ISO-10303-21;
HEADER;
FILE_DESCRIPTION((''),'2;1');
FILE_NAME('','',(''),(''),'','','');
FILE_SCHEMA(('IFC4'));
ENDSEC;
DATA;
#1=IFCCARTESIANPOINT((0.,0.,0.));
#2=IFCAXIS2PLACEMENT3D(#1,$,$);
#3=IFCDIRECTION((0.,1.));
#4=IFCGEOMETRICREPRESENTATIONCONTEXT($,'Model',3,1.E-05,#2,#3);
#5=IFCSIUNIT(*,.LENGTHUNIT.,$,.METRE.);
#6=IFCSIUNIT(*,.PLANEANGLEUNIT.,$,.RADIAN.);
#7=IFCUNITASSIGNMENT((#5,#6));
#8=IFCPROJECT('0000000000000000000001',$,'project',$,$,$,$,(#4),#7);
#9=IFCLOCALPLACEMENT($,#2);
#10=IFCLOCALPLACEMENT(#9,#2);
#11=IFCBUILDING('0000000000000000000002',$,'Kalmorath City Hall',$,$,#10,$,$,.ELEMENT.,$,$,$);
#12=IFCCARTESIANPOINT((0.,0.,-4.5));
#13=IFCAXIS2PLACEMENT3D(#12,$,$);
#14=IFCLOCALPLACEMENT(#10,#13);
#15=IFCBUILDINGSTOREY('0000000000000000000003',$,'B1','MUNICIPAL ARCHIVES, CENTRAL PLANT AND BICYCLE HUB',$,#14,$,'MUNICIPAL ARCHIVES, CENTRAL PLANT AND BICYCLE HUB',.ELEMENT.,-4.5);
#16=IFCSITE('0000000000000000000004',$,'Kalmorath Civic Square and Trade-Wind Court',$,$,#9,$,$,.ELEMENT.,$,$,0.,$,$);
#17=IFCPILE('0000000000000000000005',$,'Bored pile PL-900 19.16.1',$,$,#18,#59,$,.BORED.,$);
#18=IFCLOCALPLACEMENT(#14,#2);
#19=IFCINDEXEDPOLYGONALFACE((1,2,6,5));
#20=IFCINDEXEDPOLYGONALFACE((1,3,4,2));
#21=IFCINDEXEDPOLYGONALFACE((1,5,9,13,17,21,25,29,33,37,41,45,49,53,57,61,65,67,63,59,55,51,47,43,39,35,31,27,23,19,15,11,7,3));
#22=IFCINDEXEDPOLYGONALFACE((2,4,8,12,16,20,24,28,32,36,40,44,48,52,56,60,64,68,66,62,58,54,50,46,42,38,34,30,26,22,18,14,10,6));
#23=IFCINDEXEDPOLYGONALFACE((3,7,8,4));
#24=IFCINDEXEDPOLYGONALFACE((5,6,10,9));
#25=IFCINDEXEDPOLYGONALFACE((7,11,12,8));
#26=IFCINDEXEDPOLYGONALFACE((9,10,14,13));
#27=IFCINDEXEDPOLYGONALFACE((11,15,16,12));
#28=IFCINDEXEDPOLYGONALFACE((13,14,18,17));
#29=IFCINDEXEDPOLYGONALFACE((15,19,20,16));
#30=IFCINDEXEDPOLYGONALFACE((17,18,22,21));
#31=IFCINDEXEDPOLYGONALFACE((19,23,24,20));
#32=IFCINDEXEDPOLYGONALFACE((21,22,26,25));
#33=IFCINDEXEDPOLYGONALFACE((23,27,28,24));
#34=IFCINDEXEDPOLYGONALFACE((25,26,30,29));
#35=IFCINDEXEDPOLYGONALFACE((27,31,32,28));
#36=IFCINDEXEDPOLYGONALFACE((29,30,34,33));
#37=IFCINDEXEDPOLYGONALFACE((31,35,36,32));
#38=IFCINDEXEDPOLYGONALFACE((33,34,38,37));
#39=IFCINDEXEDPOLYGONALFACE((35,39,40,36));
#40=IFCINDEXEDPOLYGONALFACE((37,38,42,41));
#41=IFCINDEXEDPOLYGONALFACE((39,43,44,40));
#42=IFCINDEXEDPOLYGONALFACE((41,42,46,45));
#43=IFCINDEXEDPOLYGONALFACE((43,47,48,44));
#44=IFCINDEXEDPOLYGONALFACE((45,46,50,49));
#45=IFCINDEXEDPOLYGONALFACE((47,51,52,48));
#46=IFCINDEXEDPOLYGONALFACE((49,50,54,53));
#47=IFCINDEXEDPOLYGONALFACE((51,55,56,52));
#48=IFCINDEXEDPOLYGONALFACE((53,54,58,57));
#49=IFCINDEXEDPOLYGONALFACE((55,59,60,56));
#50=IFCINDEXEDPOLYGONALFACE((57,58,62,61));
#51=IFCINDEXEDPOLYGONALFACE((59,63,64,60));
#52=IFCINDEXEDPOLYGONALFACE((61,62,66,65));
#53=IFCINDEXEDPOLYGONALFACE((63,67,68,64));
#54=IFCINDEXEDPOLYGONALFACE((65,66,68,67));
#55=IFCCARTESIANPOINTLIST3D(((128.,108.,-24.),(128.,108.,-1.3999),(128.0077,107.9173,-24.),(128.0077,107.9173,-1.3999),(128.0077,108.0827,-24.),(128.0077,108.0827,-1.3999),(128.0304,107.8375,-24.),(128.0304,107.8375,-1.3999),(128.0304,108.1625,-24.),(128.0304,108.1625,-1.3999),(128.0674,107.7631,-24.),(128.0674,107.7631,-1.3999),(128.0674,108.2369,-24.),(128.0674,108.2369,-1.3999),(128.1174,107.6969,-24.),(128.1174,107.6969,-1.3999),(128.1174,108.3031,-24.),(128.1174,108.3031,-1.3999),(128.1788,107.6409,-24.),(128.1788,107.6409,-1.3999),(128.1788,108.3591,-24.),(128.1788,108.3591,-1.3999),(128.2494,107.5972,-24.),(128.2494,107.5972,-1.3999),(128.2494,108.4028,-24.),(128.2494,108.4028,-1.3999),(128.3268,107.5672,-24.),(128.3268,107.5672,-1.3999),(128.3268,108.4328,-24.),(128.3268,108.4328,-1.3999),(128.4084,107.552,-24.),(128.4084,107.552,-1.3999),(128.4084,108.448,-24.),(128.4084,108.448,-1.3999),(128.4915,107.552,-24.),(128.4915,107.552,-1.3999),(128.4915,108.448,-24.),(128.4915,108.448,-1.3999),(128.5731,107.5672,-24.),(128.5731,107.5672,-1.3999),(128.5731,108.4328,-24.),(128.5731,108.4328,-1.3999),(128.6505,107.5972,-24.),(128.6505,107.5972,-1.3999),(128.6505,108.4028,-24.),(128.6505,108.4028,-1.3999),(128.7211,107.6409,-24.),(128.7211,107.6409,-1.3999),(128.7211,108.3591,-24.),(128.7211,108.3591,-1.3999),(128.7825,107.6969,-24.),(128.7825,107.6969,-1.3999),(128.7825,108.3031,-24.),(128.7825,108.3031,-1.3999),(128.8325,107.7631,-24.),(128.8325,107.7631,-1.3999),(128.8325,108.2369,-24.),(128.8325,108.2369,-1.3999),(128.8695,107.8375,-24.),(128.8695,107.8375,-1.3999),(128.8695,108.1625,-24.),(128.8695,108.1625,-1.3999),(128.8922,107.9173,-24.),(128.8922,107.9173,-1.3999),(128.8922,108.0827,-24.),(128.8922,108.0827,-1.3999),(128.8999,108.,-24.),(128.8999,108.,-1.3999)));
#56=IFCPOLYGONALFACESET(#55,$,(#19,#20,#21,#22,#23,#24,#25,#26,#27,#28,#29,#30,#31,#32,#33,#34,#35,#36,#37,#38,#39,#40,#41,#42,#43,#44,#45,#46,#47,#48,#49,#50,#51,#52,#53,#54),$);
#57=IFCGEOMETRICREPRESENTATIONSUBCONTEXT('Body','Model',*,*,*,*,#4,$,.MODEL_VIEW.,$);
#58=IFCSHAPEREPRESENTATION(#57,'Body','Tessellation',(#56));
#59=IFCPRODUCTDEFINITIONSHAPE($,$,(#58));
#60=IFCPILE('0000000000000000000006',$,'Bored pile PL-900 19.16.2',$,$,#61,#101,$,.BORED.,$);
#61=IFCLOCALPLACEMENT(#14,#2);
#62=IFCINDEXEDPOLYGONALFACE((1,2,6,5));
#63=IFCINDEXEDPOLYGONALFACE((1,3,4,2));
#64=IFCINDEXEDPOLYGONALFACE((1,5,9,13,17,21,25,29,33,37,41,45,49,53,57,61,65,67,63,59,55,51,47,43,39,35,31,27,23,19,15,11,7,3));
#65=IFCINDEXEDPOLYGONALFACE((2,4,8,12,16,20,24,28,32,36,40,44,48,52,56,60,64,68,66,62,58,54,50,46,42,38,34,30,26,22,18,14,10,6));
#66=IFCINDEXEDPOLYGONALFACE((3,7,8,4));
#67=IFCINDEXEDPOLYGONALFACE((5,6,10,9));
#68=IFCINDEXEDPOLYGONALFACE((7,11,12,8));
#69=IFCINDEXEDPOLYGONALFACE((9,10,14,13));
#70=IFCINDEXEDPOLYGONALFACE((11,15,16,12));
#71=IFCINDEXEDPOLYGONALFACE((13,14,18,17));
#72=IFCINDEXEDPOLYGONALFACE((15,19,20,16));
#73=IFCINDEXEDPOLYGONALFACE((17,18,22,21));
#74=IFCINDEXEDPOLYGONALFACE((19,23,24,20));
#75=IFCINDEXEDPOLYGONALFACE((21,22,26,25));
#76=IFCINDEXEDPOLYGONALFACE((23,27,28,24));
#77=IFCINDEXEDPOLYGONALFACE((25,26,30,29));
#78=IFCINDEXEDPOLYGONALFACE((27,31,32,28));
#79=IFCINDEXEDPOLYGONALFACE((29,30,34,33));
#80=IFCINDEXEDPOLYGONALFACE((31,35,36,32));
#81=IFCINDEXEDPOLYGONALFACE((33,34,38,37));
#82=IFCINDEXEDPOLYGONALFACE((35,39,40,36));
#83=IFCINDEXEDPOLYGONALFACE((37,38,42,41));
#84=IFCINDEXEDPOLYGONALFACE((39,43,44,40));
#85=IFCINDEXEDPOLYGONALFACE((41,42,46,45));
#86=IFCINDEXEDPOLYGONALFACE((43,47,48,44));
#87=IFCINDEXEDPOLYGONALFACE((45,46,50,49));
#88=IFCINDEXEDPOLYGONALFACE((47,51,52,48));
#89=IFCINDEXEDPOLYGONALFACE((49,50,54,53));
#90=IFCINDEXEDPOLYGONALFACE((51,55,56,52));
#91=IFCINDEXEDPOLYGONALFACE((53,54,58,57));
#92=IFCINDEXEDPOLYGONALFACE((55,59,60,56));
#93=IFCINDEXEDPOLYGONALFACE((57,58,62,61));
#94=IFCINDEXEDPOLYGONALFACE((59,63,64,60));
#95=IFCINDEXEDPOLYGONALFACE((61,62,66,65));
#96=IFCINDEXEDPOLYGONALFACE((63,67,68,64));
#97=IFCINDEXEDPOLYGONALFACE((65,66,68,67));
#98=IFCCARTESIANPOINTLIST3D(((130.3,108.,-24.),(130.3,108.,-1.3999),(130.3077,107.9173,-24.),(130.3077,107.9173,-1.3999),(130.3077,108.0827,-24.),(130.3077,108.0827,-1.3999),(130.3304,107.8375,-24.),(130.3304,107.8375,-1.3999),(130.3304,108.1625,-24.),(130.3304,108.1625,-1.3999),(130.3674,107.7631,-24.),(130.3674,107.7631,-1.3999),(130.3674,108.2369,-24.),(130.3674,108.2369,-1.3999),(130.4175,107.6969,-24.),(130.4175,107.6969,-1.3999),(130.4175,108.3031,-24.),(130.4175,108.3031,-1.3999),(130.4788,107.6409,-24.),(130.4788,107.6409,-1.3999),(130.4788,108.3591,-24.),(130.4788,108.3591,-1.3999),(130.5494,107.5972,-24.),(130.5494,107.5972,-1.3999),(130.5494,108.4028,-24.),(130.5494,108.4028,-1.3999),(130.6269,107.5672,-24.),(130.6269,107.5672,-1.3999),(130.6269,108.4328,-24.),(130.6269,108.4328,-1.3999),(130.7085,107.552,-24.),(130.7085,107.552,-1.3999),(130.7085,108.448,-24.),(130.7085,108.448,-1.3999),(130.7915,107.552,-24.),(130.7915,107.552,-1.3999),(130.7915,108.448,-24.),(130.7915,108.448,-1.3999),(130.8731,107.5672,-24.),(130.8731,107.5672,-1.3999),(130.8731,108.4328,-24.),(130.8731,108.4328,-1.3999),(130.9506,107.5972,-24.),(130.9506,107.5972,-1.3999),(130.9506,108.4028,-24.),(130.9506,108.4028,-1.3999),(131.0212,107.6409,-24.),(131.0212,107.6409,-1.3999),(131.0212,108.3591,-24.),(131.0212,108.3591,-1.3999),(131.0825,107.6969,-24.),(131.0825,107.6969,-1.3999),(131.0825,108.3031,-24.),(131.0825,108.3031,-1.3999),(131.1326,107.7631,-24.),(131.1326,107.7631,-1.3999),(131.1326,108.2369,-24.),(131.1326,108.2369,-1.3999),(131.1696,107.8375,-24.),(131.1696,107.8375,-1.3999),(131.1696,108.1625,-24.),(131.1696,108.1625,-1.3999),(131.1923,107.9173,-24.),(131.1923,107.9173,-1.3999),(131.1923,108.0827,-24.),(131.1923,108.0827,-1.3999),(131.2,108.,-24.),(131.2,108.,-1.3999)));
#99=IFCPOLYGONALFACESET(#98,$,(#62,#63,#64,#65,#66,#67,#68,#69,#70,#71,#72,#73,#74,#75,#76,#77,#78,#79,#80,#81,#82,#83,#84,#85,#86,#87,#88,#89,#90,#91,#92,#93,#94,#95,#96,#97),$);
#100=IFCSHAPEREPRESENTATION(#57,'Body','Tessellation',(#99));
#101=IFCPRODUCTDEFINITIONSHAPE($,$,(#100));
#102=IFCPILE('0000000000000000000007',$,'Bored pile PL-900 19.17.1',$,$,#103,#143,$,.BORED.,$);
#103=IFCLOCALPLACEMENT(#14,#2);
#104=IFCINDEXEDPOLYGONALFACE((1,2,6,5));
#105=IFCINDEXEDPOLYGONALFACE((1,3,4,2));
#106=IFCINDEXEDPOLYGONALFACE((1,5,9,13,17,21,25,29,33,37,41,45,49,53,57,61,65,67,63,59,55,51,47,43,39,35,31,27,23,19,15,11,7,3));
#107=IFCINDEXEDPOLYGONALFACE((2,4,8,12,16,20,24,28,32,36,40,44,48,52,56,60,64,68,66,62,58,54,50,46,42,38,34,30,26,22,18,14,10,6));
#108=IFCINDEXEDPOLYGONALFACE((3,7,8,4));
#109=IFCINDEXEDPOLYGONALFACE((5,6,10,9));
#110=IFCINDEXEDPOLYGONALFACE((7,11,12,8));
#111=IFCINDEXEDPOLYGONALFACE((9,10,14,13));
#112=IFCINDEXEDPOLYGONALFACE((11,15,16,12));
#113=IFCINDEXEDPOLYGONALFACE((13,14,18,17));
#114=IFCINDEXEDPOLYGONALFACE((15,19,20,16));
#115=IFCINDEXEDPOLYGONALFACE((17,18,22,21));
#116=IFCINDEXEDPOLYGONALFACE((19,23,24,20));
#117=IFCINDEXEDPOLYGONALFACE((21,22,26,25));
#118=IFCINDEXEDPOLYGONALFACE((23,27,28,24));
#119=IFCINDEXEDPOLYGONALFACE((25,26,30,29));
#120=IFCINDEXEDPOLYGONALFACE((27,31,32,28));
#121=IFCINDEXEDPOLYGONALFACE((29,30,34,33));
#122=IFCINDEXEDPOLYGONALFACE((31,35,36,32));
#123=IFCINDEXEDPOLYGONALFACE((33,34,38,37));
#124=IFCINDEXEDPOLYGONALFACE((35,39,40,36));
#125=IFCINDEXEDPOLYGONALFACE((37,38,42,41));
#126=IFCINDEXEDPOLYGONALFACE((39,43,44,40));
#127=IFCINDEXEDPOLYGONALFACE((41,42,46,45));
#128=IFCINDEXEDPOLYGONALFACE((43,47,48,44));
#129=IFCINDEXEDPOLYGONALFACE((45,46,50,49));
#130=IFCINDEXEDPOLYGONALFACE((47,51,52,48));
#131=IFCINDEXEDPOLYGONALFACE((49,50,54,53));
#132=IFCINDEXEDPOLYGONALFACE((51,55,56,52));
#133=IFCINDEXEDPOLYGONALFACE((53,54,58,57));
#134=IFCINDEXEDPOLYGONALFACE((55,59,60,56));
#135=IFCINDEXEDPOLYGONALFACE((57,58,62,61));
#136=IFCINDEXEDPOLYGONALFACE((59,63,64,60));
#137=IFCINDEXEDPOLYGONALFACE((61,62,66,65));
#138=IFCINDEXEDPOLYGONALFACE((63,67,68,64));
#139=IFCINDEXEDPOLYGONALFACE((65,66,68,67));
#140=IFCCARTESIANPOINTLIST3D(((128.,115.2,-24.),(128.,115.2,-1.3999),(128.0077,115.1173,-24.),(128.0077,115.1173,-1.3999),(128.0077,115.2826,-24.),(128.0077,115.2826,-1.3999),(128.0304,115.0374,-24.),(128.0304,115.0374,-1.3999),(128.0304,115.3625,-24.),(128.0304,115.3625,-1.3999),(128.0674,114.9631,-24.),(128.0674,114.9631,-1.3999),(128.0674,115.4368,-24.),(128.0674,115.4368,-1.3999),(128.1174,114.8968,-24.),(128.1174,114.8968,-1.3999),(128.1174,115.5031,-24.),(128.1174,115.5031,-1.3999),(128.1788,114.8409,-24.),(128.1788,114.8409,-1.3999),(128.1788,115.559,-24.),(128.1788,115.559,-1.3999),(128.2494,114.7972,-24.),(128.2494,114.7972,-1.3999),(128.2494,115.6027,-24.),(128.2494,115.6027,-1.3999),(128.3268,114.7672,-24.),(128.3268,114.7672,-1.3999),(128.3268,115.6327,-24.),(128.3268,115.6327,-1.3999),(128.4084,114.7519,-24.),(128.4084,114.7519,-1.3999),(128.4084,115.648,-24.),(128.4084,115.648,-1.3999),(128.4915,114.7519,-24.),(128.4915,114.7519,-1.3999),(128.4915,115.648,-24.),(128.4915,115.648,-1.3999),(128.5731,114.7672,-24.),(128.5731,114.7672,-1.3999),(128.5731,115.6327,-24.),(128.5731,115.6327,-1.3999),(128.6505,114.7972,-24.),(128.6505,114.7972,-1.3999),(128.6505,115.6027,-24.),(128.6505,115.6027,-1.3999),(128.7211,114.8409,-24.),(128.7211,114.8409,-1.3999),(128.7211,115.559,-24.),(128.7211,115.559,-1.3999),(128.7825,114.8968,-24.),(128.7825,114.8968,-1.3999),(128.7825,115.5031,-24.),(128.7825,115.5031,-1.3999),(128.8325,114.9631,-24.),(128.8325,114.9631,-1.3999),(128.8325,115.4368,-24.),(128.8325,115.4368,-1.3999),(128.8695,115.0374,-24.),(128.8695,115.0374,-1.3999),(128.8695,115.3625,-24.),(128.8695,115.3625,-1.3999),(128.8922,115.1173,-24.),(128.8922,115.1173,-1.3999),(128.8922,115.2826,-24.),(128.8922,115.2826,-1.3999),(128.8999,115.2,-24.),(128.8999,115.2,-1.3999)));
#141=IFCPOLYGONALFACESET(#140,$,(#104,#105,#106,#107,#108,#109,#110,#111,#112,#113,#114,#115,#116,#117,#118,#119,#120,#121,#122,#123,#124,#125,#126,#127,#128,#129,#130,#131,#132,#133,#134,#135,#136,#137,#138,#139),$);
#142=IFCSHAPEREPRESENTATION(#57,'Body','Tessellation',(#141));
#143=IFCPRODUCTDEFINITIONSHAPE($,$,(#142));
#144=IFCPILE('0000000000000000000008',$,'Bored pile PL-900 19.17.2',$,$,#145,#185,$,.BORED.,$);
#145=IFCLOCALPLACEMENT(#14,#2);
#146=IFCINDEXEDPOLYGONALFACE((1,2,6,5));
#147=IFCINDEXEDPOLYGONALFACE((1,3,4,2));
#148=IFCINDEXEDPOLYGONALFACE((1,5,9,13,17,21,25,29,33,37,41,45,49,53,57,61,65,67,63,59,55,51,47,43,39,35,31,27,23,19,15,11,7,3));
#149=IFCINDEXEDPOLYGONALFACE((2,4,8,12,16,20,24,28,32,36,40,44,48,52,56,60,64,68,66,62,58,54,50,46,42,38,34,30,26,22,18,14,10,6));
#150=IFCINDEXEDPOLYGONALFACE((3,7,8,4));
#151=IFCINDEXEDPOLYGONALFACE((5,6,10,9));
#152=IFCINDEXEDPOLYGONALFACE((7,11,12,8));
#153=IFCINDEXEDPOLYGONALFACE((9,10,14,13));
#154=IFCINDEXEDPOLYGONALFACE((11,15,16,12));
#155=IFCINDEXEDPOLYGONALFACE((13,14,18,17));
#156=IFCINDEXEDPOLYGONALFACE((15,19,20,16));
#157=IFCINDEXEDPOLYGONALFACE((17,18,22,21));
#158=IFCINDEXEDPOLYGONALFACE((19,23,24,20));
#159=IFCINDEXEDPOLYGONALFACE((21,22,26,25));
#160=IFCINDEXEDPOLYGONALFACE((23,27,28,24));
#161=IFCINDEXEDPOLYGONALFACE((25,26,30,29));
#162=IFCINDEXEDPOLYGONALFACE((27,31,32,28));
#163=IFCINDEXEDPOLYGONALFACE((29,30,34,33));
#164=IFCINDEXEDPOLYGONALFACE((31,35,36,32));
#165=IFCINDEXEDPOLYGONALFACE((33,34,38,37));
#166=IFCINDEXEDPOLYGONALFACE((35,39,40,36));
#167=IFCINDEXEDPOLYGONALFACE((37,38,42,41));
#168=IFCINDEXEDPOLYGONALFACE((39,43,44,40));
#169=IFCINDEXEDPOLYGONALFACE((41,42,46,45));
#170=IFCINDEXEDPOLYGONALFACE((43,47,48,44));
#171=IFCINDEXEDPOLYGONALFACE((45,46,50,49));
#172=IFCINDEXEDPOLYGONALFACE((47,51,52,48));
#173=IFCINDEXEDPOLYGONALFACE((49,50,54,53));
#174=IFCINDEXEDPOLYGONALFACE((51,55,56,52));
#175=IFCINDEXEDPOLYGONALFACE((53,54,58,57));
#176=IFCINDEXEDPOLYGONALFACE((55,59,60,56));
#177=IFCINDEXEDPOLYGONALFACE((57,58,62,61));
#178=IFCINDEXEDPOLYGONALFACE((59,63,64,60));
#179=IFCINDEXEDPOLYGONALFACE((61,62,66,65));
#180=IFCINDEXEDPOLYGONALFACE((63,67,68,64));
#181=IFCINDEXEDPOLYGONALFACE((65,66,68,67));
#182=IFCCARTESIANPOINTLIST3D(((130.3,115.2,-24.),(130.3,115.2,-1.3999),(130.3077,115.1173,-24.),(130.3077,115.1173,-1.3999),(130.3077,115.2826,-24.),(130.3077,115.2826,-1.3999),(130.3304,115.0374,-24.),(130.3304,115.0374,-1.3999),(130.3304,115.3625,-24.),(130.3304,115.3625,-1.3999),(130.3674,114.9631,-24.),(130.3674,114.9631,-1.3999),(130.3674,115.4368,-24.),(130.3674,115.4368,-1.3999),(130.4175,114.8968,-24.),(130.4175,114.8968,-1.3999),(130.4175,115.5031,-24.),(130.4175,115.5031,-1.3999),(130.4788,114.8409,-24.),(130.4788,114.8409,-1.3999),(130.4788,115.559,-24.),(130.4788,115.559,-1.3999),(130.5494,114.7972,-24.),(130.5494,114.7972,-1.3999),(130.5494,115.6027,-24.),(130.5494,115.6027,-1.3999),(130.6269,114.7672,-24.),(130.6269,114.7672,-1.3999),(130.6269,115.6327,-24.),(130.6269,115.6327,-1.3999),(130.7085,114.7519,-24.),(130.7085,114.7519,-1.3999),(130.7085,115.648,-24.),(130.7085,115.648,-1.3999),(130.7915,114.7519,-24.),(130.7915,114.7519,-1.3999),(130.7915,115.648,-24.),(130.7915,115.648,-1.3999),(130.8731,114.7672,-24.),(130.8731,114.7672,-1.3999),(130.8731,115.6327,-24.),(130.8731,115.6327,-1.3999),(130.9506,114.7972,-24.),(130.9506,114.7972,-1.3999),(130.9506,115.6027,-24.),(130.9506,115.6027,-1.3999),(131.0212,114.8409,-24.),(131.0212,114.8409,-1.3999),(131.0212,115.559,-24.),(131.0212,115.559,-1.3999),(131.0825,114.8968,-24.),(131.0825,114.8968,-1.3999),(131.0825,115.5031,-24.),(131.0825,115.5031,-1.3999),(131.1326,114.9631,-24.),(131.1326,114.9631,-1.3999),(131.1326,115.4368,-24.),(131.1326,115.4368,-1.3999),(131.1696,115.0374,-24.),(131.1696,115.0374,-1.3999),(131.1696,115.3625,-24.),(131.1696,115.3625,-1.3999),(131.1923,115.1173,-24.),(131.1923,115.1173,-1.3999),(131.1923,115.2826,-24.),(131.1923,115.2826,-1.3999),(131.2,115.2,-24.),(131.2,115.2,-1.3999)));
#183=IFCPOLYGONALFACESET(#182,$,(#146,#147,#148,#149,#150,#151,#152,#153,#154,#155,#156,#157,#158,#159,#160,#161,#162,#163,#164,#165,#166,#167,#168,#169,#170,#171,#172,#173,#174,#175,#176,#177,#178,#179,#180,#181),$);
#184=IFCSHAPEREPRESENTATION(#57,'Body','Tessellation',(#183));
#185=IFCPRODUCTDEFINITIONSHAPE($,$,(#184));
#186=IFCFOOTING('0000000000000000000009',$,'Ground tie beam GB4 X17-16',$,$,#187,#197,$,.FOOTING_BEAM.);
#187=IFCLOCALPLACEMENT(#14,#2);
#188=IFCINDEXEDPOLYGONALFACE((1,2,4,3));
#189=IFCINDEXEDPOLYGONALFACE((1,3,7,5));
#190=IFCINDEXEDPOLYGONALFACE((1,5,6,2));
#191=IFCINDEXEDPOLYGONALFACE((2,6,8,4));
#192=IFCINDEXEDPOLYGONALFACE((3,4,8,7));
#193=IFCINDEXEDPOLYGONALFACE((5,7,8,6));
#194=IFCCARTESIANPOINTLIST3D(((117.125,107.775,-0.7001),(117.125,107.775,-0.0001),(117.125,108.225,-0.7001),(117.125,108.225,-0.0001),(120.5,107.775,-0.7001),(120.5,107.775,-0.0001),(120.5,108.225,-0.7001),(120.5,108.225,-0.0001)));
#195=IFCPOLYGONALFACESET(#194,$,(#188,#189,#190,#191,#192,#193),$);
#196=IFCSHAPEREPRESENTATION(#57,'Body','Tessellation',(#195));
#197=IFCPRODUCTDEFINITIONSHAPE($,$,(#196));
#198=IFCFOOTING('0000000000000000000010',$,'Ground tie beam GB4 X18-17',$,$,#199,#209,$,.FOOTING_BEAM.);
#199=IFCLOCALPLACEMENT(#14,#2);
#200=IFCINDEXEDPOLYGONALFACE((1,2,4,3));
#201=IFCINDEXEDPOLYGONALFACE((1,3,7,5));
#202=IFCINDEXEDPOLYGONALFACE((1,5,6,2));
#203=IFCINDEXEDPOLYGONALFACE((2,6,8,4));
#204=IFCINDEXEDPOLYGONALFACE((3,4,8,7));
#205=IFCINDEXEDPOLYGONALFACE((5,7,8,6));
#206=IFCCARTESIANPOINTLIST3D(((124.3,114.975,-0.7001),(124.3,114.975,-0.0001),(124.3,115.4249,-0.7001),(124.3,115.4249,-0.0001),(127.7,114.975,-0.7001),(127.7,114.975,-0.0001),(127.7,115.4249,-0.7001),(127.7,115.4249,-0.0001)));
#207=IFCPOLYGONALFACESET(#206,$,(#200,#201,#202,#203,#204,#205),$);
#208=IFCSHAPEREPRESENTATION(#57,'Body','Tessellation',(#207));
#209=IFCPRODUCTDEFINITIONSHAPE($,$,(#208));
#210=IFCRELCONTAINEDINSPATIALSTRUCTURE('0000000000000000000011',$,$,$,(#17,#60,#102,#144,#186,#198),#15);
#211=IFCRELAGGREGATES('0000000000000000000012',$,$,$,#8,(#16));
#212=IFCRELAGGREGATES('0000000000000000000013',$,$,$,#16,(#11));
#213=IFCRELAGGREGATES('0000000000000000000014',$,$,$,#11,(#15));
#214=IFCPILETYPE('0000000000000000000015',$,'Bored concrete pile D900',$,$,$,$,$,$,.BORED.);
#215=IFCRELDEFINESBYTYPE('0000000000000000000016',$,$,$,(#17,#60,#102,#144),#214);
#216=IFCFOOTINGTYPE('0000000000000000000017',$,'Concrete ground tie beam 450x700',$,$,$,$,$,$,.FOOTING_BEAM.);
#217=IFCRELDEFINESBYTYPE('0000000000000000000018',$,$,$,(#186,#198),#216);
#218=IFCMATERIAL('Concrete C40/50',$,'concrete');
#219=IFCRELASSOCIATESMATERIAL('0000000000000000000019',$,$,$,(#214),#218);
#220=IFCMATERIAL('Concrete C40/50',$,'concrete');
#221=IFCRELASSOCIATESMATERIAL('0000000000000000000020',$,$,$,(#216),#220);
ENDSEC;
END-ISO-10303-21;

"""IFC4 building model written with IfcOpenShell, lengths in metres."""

from ifc_helpers import new_model, si_unit, direction, frame, origin, origin_2d, place, context, subcontext, project, spatial, rectangle, circle, extrude, material, material_profile, profile_set, type_object, element, save


model = new_model("IFC4")

# Units and contexts
model_context = context("Model", 3, precision=1e-05, world=origin(), true_north=direction((0.0, 1.0)))
body_context = subcontext(model_context, "Body", "Model", "MODEL_VIEW")
ifc_project = project(units=[si_unit("LENGTHUNIT", "METRE"), si_unit("PLANEANGLEUNIT", "RADIAN")], contexts=[model_context])

# Site, building, storey
site_placement = place(None, origin())
site = spatial("IfcSite", under=ifc_project, at=site_placement, Name="Kalmorath Civic Square and Trade-Wind Court", CompositionType="ELEMENT", RefElevation=0.0)
building_placement = place(site_placement, origin())
building = spatial("IfcBuilding", under=site, at=building_placement, Name="Kalmorath City Hall", CompositionType="ELEMENT")
storey_placement = place(building_placement, frame((0.0, 0.0, -4.5)))
storey = spatial("IfcBuildingStorey", under=building, at=storey_placement, Name="B1", Description="MUNICIPAL ARCHIVES, CENTRAL PLANT AND BICYCLE HUB", LongName="MUNICIPAL ARCHIVES, CENTRAL PLANT AND BICYCLE HUB", CompositionType="ELEMENT", Elevation=-4.5)

# Piles
ifc_material_1 = material(Name="Concrete C40/50", Category="concrete")
ifc_material_profile_1 = material_profile(ifc_material_1, circle(Radius=0.45, at=origin_2d()), Name="PILE-D900")
ifc_profile_set_1 = profile_set([ifc_material_profile_1], Name="Concrete C40/50")
pile_type = type_object("IfcPileType", Name="Bored concrete pile D900", PredefinedType="BORED", material=ifc_profile_set_1)
for number, where, z_axis, x_axis, name in (
    (1, (128.45, 108.0, -1.3999), (0.0, 0.0, -1.0), (1.0, 0.0, 0.0), "Bored pile PL-900 19.16.1"),
    (2, (130.75, 108.0, -1.3999), (0.0, 0.0, -1.0), (1.0, 0.0, 0.0), "Bored pile PL-900 19.16.2"),
    (3, (128.45, 115.2, -1.3999), (0.0, 0.0, -1.0), (1.0, 0.0, 0.0), "Bored pile PL-900 19.17.1"),
    (4, (130.75, 115.2, -1.3999), (0.0, 0.0, -1.0), (1.0, 0.0, 0.0), "Bored pile PL-900 19.17.2"),
):
    element("IfcPile", number, at=place(storey_placement, frame(where, z_axis=z_axis, x_axis=x_axis)), inside=storey, type_object=pile_type, Name=name, PredefinedType="BORED", context=body_context, shape_type="SweptSolid", body=[
        extrude(circle(Radius=0.45, at=origin_2d()), origin(), (0.0, 0.0, 1.0), 22.6001),
    ])

# Footings
ifc_material_2 = material(Name="Concrete C40/50", Category="concrete")
ifc_material_profile_2 = material_profile(ifc_material_2, rectangle(XDim=0.45, YDim=0.7, at=origin_2d()), Name="RC-BM-450X700")
ifc_profile_set_2 = profile_set([ifc_material_profile_2], Name="Concrete C40/50")
footing_type_1 = type_object("IfcFootingType", Name="Concrete ground tie beam 450x700", PredefinedType="FOOTING_BEAM", material=ifc_profile_set_2)
footing_1_placement = place(storey_placement, frame((117.125, 108.0, -0.3501), z_axis=(1.0, 0.0, 0.0), x_axis=(0.0, 1.0, 0.0)))
element("IfcFooting", 5, at=footing_1_placement, inside=storey, type_object=footing_type_1, Name="Ground tie beam GB4 X17-16", PredefinedType="FOOTING_BEAM", context=body_context, shape_type="SweptSolid", body=[
    extrude(rectangle(XDim=0.45, YDim=0.7, at=origin_2d()), origin(), (0.0, 0.0, 1.0), 3.375),
])
footing_2_placement = place(storey_placement, frame((124.3, 115.2, -0.3501), z_axis=(1.0, 0.0, 0.0), x_axis=(0.0, 1.0, 0.0)))
element("IfcFooting", 6, at=footing_2_placement, inside=storey, type_object=footing_type_1, Name="Ground tie beam GB4 X18-17", PredefinedType="FOOTING_BEAM", context=body_context, shape_type="SweptSolid", body=[
    extrude(rectangle(XDim=0.45, YDim=0.7, at=origin_2d()), origin(), (0.0, 0.0, 1.0), 3.3999),
])

save(model, "model.ifc")
